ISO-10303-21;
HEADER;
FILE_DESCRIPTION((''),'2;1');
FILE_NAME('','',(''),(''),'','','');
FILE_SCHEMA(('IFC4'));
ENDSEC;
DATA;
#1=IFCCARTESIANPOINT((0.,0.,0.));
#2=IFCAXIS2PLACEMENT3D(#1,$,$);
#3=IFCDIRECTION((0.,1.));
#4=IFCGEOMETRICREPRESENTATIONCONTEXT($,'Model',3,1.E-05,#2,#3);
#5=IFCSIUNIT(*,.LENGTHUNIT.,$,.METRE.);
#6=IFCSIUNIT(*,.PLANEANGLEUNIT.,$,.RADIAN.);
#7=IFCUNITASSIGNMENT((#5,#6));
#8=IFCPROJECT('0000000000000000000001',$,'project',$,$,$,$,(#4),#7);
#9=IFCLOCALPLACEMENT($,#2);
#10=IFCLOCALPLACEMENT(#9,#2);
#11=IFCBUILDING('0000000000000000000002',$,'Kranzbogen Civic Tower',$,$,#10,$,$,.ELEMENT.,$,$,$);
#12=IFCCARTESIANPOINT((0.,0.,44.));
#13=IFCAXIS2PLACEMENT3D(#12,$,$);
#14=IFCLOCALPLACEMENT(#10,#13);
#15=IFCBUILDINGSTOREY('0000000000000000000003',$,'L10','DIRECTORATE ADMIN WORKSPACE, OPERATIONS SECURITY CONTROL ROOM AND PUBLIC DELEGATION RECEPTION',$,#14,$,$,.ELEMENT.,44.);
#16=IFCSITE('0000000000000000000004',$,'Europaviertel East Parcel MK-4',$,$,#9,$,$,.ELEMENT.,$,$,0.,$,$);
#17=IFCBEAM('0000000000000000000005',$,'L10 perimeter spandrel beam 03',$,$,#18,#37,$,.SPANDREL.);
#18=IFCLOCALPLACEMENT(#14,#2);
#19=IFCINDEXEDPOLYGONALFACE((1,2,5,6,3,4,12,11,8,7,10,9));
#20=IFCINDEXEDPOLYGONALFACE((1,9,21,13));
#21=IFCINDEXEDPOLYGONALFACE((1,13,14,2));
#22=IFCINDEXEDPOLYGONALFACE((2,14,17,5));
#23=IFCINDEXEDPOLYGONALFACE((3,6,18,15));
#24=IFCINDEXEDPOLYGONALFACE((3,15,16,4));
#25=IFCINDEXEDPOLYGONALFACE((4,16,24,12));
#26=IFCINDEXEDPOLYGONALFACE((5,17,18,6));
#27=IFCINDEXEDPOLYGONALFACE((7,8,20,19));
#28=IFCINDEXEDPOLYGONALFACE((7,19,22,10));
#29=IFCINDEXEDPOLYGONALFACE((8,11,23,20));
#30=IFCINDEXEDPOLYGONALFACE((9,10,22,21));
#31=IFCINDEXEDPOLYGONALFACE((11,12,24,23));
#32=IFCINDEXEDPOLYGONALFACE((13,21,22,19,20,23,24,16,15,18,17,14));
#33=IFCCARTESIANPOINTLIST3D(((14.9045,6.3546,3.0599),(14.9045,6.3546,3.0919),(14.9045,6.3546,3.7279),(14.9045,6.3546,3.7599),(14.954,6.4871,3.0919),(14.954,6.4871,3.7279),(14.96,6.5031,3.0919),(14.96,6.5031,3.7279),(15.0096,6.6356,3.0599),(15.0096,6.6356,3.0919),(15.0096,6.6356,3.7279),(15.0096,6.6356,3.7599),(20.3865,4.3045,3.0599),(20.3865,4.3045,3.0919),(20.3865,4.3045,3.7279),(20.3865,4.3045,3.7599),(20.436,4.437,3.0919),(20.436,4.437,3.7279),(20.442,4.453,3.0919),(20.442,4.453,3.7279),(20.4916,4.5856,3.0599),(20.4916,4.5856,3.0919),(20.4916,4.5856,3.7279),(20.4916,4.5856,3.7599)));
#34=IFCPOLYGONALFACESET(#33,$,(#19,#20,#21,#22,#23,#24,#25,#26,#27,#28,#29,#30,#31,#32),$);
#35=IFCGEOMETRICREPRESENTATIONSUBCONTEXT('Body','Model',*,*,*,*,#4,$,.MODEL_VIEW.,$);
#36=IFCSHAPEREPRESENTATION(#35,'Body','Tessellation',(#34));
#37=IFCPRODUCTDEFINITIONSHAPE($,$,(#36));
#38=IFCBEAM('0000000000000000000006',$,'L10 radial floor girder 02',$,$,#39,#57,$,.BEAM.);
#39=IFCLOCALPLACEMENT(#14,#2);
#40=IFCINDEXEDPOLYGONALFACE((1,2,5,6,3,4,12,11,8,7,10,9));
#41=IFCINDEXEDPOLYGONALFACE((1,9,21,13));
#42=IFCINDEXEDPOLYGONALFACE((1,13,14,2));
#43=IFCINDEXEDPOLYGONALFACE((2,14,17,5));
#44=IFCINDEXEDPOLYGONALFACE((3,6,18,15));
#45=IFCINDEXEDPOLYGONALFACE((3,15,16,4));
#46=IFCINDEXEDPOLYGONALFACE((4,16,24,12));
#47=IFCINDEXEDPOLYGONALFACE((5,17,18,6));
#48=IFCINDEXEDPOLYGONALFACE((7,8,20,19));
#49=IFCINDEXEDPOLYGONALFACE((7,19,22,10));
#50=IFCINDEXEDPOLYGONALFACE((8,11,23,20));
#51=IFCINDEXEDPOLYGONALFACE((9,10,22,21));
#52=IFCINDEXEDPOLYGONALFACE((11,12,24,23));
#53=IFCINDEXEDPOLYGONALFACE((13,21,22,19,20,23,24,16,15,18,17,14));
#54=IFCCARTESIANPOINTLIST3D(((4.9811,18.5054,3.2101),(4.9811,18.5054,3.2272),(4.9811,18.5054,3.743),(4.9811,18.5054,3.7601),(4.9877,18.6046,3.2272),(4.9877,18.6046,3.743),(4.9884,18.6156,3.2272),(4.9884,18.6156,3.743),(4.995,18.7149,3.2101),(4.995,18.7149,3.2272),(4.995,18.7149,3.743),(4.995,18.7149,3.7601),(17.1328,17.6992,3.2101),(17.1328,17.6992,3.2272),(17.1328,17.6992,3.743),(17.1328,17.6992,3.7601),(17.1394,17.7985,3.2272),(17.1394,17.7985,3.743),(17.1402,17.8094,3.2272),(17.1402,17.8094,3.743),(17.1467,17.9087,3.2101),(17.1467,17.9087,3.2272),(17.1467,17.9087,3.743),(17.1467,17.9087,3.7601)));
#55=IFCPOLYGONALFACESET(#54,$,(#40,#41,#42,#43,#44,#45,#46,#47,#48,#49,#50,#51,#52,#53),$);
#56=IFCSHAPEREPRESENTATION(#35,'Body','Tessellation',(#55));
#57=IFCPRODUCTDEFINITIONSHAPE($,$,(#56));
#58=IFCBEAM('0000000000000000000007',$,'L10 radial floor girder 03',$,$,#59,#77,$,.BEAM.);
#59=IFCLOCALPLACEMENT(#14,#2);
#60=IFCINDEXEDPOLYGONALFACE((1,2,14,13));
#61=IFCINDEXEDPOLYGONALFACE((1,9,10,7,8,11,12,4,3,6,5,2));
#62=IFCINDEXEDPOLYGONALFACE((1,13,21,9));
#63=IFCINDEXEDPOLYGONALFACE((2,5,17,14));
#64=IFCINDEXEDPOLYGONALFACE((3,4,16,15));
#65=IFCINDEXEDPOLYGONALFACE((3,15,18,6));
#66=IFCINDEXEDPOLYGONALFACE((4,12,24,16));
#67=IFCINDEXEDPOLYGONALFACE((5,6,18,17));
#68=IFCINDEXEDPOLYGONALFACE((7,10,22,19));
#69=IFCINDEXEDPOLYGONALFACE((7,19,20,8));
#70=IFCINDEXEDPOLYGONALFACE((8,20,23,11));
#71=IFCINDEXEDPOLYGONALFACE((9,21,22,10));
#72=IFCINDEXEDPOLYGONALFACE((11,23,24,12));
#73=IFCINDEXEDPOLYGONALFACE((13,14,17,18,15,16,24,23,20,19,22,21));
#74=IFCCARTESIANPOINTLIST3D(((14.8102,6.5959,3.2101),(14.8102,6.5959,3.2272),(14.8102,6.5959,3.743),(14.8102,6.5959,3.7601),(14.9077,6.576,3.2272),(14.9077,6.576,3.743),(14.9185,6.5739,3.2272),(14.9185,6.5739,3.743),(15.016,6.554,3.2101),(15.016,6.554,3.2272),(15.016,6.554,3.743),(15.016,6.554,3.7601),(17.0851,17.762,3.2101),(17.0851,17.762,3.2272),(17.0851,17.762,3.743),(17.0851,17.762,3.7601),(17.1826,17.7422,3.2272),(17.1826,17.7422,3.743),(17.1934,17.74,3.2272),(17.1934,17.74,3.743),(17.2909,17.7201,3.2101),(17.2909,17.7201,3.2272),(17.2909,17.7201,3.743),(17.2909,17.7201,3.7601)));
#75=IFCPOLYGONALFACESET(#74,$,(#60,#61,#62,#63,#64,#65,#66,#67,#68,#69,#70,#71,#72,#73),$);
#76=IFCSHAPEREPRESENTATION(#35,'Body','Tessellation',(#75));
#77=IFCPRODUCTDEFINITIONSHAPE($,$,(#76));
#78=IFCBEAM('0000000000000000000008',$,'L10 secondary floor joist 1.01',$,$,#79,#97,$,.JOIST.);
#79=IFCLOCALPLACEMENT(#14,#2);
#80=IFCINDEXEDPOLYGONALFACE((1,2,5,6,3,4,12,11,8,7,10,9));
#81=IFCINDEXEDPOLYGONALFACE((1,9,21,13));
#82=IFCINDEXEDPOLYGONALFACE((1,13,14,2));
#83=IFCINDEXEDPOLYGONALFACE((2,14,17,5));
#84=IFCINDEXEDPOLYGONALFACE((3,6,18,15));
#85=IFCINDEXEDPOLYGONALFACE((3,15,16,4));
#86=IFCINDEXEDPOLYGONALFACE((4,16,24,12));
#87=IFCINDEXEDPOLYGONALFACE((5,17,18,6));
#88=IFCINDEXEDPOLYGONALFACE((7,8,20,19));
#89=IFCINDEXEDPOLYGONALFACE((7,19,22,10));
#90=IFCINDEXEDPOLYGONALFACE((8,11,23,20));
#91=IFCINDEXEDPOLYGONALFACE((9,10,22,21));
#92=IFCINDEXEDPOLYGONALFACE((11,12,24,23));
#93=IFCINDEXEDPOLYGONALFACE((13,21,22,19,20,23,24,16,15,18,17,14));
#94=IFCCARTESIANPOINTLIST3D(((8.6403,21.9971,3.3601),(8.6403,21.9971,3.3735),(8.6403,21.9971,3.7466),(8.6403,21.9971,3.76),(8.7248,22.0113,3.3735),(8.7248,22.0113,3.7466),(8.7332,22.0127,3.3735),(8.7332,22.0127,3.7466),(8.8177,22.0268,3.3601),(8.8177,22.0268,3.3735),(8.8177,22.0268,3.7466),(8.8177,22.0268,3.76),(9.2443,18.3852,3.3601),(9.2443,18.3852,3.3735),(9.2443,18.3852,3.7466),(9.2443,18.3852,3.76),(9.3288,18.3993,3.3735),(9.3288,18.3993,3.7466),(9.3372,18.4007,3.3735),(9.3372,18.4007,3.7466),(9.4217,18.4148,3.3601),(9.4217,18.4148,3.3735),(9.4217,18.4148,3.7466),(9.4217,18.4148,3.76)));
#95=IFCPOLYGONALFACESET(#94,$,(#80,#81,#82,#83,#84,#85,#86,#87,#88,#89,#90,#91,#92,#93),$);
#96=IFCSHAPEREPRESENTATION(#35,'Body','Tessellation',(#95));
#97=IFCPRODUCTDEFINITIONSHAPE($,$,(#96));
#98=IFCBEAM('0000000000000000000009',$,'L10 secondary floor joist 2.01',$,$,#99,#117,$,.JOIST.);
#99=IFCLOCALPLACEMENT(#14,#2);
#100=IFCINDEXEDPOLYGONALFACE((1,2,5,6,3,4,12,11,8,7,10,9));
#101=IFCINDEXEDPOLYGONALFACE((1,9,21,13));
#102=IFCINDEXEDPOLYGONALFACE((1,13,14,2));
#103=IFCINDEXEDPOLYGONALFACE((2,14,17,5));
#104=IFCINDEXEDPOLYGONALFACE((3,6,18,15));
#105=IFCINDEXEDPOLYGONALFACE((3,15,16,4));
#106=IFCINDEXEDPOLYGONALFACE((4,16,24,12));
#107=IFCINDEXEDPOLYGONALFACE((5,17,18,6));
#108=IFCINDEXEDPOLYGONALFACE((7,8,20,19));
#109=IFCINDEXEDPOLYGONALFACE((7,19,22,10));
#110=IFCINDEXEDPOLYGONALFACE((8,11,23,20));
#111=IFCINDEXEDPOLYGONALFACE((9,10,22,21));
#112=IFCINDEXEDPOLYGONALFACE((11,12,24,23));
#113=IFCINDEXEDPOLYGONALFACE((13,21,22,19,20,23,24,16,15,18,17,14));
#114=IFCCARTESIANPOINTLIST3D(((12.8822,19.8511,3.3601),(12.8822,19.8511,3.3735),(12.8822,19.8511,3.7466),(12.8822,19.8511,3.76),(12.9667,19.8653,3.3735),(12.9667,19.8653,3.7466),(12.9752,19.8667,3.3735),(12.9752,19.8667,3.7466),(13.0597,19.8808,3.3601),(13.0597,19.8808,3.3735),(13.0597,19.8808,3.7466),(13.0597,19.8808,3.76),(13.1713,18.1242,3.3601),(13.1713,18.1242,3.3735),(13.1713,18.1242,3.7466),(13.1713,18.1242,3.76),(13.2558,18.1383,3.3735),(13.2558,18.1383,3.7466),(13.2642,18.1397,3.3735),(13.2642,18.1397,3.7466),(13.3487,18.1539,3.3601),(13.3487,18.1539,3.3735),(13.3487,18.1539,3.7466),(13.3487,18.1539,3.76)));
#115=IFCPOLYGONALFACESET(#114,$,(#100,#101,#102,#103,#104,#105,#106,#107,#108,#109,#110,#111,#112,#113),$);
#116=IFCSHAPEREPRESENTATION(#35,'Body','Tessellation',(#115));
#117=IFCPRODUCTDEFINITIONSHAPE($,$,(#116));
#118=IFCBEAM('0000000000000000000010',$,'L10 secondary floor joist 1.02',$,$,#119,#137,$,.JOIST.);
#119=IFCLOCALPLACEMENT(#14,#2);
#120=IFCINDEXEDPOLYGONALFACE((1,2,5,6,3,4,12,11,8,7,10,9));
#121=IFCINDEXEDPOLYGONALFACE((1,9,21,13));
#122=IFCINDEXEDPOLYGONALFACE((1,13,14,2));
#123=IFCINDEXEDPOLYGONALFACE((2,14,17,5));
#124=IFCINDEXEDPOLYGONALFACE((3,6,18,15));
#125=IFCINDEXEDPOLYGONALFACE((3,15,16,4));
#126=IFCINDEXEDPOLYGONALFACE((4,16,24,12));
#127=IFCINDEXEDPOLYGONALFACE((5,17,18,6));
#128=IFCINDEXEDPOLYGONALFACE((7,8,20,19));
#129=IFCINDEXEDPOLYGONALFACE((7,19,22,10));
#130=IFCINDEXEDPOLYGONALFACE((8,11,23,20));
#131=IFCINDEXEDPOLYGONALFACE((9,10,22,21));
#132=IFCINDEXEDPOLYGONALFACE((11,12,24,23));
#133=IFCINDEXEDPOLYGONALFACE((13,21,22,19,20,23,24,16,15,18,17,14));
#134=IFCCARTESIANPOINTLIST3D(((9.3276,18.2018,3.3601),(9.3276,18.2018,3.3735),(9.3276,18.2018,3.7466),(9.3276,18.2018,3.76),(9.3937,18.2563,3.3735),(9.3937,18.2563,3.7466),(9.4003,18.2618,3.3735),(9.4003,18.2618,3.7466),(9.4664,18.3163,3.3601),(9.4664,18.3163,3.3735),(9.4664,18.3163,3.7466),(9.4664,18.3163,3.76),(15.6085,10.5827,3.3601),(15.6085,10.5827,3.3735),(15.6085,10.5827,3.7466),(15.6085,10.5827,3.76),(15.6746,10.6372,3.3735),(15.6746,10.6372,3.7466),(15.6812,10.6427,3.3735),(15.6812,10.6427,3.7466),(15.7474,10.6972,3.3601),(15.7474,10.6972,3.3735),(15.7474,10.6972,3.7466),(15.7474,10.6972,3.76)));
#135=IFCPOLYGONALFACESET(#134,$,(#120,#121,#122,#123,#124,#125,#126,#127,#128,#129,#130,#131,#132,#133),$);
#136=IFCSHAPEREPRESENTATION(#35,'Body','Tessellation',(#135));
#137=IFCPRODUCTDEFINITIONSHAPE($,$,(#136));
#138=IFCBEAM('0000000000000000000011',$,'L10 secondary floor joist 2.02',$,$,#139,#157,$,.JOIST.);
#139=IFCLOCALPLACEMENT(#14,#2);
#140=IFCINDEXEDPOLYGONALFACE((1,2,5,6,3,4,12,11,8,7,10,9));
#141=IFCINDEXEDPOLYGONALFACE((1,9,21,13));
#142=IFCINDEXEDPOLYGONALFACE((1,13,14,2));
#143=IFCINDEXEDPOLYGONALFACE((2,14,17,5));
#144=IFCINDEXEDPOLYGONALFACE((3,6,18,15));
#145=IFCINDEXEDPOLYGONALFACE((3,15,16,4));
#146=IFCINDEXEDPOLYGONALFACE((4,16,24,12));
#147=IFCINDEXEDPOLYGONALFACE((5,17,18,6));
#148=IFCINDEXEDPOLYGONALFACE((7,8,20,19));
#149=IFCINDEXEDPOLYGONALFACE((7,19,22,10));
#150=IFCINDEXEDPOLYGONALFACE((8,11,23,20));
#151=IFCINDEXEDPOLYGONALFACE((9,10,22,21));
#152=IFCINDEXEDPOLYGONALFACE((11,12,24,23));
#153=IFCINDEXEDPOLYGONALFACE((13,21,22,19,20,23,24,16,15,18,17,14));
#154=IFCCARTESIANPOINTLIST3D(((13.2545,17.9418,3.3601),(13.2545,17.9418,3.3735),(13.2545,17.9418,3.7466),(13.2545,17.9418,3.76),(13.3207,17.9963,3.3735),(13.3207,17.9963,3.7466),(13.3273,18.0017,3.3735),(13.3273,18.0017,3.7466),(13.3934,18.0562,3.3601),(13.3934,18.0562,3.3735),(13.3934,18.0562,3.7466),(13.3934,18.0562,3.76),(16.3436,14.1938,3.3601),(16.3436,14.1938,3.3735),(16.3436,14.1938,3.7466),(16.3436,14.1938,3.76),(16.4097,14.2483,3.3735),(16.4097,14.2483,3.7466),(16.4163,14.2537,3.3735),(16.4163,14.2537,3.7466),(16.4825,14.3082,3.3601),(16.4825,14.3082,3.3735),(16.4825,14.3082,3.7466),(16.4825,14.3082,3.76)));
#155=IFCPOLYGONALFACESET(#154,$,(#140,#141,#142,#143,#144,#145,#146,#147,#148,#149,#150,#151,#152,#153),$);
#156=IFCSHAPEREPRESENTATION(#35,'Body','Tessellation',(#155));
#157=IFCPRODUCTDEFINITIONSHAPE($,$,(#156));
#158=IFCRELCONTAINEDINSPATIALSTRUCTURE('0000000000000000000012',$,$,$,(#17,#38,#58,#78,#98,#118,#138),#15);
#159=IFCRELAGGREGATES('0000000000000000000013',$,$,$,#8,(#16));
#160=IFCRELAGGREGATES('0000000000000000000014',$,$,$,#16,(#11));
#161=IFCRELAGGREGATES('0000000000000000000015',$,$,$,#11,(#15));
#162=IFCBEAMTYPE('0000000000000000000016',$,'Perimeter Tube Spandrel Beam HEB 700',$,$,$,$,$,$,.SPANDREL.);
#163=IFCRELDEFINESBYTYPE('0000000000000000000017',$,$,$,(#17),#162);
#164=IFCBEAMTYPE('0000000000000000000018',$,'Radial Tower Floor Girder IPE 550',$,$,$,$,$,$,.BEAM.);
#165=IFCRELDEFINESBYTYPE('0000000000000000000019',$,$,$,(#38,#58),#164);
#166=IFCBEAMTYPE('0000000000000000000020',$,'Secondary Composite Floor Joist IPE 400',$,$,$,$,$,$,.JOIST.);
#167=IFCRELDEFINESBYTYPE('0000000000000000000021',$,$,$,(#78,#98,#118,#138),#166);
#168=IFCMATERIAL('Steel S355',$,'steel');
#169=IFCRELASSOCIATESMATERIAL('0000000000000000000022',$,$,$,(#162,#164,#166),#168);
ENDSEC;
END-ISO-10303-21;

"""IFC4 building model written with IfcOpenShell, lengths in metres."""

from ifc_helpers import new_model, si_unit, direction, frame, origin, origin_2d, place, context, subcontext, project, spatial, i_section, extrude, material, material_profile, profile_set, type_object, element, save


model = new_model("IFC4")

# Units and contexts
model_context = context("Model", 3, precision=1e-05, world=origin(), true_north=direction((0.0, 1.0)))
body_context = subcontext(model_context, "Body", "Model", "MODEL_VIEW")
ifc_project = project(units=[si_unit("LENGTHUNIT", "METRE"), si_unit("PLANEANGLEUNIT", "RADIAN")], contexts=[model_context])

# Site, building, storey
site_placement = place(None, origin())
site = spatial("IfcSite", under=ifc_project, at=site_placement, Name="Europaviertel East Parcel MK-4", CompositionType="ELEMENT", RefElevation=0.0)
building_placement = place(site_placement, origin())
building = spatial("IfcBuilding", under=site, at=building_placement, Name="Kranzbogen Civic Tower", CompositionType="ELEMENT")
storey_placement = place(building_placement, frame((0.0, 0.0, 44.0)))
storey = spatial("IfcBuildingStorey", under=building, at=storey_placement, Name="L10", Description="DIRECTORATE ADMIN WORKSPACE, OPERATIONS SECURITY CONTROL ROOM AND PUBLIC DELEGATION RECEPTION", CompositionType="ELEMENT", Elevation=44.0)

# Beams
ifc_material_1 = material(Name="Steel S355", Category="steel")
ifc_material_profile_1 = material_profile(ifc_material_1, i_section(OverallWidth=0.3, OverallDepth=0.7, WebThickness=0.0171, FlangeThickness=0.032, at=origin_2d()), Name="HEB 700")
ifc_profile_set_1 = profile_set([ifc_material_profile_1], Name="Steel S355")
beam_type_1 = type_object("IfcBeamType", Name="Perimeter Tube Spandrel Beam HEB 700", PredefinedType="SPANDREL", material=ifc_profile_set_1)
beam_1_placement = place(storey_placement, frame((14.957, 6.4951, 3.4099), z_axis=(0.936648, -0.350273, 0.0), x_axis=(0.350273, 0.936648, 0.0)))
element("IfcBeam", 1, at=beam_1_placement, inside=storey, type_object=beam_type_1, Name="L10 perimeter spandrel beam 03", PredefinedType="SPANDREL", context=body_context, shape_type="SweptSolid", body=[
    extrude(i_section(OverallWidth=0.3, OverallDepth=0.7, WebThickness=0.0171, FlangeThickness=0.032, at=origin_2d()), origin(), (0.0, 0.0, 1.0), 5.8528),
])
ifc_material_profile_2 = material_profile(ifc_material_1, i_section(OverallWidth=0.21, OverallDepth=0.55, WebThickness=0.011, FlangeThickness=0.0171, at=origin_2d()), Name="IPE 550")
ifc_profile_set_2 = profile_set([ifc_material_profile_2], Name="Steel S355")
beam_type_2 = type_object("IfcBeamType", Name="Radial Tower Floor Girder IPE 550", PredefinedType="BEAM", material=ifc_profile_set_2)
beam_2_placement = place(storey_placement, frame((4.988, 18.6101, 3.4851), z_axis=(0.997807, -0.066194, 0.0), x_axis=(0.066194, 0.997807, 0.0)))
element("IfcBeam", 2, at=beam_2_placement, inside=storey, type_object=beam_type_2, Name="L10 radial floor girder 02", PredefinedType="BEAM", context=body_context, shape_type="SweptSolid", body=[
    extrude(i_section(OverallWidth=0.21, OverallDepth=0.55, WebThickness=0.011, FlangeThickness=0.0171, at=origin_2d()), origin(), (0.0, 0.0, 1.0), 12.1785),
])
beam_3_placement = place(storey_placement, frame((14.9131, 6.575, 3.4851), z_axis=(0.199633, 0.979871, 0.0), x_axis=(-0.979871, 0.199633, 0.0)))
element("IfcBeam", 3, at=beam_3_placement, inside=storey, type_object=beam_type_2, Name="L10 radial floor girder 03", PredefinedType="BEAM", context=body_context, shape_type="SweptSolid", body=[
    extrude(i_section(OverallWidth=0.21, OverallDepth=0.55, WebThickness=0.011, FlangeThickness=0.0171, at=origin_2d()), origin(), (0.0, 0.0, 1.0), 11.3955),
])
ifc_material_profile_3 = material_profile(ifc_material_1, i_section(OverallWidth=0.1799, OverallDepth=0.3999, WebThickness=0.0085, FlangeThickness=0.0134, at=origin_2d()), Name="IPE 400")
ifc_profile_set_3 = profile_set([ifc_material_profile_3], Name="Steel S355")
beam_type_3 = type_object("IfcBeamType", Name="Secondary Composite Floor Joist IPE 400", PredefinedType="JOIST", material=ifc_profile_set_3)
beam_4_placement = place(storey_placement, frame((8.729, 22.012, 3.5601), z_axis=(0.164929, -0.986305, 0.0), x_axis=(0.986305, 0.164929, 0.0)))
element("IfcBeam", 4, at=beam_4_placement, inside=storey, type_object=beam_type_3, Name="L10 secondary floor joist 1.01", PredefinedType="JOIST", context=body_context, shape_type="SweptSolid", body=[
    extrude(i_section(OverallWidth=0.1799, OverallDepth=0.3999, WebThickness=0.0085, FlangeThickness=0.0134, at=origin_2d()), origin(), (0.0, 0.0, 1.0), 3.6621),
])
beam_5_placement = place(storey_placement, frame((12.9709, 19.866, 3.5601), z_axis=(0.165077, -0.986281, 0.0), x_axis=(0.986281, 0.165077, 0.0)))
element("IfcBeam", 5, at=beam_5_placement, inside=storey, type_object=beam_type_3, Name="L10 secondary floor joist 2.01", PredefinedType="JOIST", context=body_context, shape_type="SweptSolid", body=[
    extrude(i_section(OverallWidth=0.1799, OverallDepth=0.3999, WebThickness=0.0085, FlangeThickness=0.0134, at=origin_2d()), origin(), (0.0, 0.0, 1.0), 1.751),
])
beam_6_placement = place(storey_placement, frame((9.397, 18.259, 3.5601), z_axis=(0.636095, -0.771611, 0.0), x_axis=(0.771611, 0.636095, 0.0)))
element("IfcBeam", 6, at=beam_6_placement, inside=storey, type_object=beam_type_3, Name="L10 secondary floor joist 1.02", PredefinedType="JOIST", context=body_context, shape_type="SweptSolid", body=[
    extrude(i_section(OverallWidth=0.1799, OverallDepth=0.3999, WebThickness=0.0085, FlangeThickness=0.0134, at=origin_2d()), origin(), (0.0, 0.0, 1.0), 9.8743),
])
beam_7_placement = place(storey_placement, frame((13.324, 17.999, 3.5601), z_axis=(0.636012, -0.771679, 0.0), x_axis=(0.771679, 0.636012, 0.0)))
element("IfcBeam", 7, at=beam_7_placement, inside=storey, type_object=beam_type_3, Name="L10 secondary floor joist 2.02", PredefinedType="JOIST", context=body_context, shape_type="SweptSolid", body=[
    extrude(i_section(OverallWidth=0.1799, OverallDepth=0.3999, WebThickness=0.0085, FlangeThickness=0.0134, at=origin_2d()), origin(), (0.0, 0.0, 1.0), 4.8569),
])

save(model, "model.ifc")
